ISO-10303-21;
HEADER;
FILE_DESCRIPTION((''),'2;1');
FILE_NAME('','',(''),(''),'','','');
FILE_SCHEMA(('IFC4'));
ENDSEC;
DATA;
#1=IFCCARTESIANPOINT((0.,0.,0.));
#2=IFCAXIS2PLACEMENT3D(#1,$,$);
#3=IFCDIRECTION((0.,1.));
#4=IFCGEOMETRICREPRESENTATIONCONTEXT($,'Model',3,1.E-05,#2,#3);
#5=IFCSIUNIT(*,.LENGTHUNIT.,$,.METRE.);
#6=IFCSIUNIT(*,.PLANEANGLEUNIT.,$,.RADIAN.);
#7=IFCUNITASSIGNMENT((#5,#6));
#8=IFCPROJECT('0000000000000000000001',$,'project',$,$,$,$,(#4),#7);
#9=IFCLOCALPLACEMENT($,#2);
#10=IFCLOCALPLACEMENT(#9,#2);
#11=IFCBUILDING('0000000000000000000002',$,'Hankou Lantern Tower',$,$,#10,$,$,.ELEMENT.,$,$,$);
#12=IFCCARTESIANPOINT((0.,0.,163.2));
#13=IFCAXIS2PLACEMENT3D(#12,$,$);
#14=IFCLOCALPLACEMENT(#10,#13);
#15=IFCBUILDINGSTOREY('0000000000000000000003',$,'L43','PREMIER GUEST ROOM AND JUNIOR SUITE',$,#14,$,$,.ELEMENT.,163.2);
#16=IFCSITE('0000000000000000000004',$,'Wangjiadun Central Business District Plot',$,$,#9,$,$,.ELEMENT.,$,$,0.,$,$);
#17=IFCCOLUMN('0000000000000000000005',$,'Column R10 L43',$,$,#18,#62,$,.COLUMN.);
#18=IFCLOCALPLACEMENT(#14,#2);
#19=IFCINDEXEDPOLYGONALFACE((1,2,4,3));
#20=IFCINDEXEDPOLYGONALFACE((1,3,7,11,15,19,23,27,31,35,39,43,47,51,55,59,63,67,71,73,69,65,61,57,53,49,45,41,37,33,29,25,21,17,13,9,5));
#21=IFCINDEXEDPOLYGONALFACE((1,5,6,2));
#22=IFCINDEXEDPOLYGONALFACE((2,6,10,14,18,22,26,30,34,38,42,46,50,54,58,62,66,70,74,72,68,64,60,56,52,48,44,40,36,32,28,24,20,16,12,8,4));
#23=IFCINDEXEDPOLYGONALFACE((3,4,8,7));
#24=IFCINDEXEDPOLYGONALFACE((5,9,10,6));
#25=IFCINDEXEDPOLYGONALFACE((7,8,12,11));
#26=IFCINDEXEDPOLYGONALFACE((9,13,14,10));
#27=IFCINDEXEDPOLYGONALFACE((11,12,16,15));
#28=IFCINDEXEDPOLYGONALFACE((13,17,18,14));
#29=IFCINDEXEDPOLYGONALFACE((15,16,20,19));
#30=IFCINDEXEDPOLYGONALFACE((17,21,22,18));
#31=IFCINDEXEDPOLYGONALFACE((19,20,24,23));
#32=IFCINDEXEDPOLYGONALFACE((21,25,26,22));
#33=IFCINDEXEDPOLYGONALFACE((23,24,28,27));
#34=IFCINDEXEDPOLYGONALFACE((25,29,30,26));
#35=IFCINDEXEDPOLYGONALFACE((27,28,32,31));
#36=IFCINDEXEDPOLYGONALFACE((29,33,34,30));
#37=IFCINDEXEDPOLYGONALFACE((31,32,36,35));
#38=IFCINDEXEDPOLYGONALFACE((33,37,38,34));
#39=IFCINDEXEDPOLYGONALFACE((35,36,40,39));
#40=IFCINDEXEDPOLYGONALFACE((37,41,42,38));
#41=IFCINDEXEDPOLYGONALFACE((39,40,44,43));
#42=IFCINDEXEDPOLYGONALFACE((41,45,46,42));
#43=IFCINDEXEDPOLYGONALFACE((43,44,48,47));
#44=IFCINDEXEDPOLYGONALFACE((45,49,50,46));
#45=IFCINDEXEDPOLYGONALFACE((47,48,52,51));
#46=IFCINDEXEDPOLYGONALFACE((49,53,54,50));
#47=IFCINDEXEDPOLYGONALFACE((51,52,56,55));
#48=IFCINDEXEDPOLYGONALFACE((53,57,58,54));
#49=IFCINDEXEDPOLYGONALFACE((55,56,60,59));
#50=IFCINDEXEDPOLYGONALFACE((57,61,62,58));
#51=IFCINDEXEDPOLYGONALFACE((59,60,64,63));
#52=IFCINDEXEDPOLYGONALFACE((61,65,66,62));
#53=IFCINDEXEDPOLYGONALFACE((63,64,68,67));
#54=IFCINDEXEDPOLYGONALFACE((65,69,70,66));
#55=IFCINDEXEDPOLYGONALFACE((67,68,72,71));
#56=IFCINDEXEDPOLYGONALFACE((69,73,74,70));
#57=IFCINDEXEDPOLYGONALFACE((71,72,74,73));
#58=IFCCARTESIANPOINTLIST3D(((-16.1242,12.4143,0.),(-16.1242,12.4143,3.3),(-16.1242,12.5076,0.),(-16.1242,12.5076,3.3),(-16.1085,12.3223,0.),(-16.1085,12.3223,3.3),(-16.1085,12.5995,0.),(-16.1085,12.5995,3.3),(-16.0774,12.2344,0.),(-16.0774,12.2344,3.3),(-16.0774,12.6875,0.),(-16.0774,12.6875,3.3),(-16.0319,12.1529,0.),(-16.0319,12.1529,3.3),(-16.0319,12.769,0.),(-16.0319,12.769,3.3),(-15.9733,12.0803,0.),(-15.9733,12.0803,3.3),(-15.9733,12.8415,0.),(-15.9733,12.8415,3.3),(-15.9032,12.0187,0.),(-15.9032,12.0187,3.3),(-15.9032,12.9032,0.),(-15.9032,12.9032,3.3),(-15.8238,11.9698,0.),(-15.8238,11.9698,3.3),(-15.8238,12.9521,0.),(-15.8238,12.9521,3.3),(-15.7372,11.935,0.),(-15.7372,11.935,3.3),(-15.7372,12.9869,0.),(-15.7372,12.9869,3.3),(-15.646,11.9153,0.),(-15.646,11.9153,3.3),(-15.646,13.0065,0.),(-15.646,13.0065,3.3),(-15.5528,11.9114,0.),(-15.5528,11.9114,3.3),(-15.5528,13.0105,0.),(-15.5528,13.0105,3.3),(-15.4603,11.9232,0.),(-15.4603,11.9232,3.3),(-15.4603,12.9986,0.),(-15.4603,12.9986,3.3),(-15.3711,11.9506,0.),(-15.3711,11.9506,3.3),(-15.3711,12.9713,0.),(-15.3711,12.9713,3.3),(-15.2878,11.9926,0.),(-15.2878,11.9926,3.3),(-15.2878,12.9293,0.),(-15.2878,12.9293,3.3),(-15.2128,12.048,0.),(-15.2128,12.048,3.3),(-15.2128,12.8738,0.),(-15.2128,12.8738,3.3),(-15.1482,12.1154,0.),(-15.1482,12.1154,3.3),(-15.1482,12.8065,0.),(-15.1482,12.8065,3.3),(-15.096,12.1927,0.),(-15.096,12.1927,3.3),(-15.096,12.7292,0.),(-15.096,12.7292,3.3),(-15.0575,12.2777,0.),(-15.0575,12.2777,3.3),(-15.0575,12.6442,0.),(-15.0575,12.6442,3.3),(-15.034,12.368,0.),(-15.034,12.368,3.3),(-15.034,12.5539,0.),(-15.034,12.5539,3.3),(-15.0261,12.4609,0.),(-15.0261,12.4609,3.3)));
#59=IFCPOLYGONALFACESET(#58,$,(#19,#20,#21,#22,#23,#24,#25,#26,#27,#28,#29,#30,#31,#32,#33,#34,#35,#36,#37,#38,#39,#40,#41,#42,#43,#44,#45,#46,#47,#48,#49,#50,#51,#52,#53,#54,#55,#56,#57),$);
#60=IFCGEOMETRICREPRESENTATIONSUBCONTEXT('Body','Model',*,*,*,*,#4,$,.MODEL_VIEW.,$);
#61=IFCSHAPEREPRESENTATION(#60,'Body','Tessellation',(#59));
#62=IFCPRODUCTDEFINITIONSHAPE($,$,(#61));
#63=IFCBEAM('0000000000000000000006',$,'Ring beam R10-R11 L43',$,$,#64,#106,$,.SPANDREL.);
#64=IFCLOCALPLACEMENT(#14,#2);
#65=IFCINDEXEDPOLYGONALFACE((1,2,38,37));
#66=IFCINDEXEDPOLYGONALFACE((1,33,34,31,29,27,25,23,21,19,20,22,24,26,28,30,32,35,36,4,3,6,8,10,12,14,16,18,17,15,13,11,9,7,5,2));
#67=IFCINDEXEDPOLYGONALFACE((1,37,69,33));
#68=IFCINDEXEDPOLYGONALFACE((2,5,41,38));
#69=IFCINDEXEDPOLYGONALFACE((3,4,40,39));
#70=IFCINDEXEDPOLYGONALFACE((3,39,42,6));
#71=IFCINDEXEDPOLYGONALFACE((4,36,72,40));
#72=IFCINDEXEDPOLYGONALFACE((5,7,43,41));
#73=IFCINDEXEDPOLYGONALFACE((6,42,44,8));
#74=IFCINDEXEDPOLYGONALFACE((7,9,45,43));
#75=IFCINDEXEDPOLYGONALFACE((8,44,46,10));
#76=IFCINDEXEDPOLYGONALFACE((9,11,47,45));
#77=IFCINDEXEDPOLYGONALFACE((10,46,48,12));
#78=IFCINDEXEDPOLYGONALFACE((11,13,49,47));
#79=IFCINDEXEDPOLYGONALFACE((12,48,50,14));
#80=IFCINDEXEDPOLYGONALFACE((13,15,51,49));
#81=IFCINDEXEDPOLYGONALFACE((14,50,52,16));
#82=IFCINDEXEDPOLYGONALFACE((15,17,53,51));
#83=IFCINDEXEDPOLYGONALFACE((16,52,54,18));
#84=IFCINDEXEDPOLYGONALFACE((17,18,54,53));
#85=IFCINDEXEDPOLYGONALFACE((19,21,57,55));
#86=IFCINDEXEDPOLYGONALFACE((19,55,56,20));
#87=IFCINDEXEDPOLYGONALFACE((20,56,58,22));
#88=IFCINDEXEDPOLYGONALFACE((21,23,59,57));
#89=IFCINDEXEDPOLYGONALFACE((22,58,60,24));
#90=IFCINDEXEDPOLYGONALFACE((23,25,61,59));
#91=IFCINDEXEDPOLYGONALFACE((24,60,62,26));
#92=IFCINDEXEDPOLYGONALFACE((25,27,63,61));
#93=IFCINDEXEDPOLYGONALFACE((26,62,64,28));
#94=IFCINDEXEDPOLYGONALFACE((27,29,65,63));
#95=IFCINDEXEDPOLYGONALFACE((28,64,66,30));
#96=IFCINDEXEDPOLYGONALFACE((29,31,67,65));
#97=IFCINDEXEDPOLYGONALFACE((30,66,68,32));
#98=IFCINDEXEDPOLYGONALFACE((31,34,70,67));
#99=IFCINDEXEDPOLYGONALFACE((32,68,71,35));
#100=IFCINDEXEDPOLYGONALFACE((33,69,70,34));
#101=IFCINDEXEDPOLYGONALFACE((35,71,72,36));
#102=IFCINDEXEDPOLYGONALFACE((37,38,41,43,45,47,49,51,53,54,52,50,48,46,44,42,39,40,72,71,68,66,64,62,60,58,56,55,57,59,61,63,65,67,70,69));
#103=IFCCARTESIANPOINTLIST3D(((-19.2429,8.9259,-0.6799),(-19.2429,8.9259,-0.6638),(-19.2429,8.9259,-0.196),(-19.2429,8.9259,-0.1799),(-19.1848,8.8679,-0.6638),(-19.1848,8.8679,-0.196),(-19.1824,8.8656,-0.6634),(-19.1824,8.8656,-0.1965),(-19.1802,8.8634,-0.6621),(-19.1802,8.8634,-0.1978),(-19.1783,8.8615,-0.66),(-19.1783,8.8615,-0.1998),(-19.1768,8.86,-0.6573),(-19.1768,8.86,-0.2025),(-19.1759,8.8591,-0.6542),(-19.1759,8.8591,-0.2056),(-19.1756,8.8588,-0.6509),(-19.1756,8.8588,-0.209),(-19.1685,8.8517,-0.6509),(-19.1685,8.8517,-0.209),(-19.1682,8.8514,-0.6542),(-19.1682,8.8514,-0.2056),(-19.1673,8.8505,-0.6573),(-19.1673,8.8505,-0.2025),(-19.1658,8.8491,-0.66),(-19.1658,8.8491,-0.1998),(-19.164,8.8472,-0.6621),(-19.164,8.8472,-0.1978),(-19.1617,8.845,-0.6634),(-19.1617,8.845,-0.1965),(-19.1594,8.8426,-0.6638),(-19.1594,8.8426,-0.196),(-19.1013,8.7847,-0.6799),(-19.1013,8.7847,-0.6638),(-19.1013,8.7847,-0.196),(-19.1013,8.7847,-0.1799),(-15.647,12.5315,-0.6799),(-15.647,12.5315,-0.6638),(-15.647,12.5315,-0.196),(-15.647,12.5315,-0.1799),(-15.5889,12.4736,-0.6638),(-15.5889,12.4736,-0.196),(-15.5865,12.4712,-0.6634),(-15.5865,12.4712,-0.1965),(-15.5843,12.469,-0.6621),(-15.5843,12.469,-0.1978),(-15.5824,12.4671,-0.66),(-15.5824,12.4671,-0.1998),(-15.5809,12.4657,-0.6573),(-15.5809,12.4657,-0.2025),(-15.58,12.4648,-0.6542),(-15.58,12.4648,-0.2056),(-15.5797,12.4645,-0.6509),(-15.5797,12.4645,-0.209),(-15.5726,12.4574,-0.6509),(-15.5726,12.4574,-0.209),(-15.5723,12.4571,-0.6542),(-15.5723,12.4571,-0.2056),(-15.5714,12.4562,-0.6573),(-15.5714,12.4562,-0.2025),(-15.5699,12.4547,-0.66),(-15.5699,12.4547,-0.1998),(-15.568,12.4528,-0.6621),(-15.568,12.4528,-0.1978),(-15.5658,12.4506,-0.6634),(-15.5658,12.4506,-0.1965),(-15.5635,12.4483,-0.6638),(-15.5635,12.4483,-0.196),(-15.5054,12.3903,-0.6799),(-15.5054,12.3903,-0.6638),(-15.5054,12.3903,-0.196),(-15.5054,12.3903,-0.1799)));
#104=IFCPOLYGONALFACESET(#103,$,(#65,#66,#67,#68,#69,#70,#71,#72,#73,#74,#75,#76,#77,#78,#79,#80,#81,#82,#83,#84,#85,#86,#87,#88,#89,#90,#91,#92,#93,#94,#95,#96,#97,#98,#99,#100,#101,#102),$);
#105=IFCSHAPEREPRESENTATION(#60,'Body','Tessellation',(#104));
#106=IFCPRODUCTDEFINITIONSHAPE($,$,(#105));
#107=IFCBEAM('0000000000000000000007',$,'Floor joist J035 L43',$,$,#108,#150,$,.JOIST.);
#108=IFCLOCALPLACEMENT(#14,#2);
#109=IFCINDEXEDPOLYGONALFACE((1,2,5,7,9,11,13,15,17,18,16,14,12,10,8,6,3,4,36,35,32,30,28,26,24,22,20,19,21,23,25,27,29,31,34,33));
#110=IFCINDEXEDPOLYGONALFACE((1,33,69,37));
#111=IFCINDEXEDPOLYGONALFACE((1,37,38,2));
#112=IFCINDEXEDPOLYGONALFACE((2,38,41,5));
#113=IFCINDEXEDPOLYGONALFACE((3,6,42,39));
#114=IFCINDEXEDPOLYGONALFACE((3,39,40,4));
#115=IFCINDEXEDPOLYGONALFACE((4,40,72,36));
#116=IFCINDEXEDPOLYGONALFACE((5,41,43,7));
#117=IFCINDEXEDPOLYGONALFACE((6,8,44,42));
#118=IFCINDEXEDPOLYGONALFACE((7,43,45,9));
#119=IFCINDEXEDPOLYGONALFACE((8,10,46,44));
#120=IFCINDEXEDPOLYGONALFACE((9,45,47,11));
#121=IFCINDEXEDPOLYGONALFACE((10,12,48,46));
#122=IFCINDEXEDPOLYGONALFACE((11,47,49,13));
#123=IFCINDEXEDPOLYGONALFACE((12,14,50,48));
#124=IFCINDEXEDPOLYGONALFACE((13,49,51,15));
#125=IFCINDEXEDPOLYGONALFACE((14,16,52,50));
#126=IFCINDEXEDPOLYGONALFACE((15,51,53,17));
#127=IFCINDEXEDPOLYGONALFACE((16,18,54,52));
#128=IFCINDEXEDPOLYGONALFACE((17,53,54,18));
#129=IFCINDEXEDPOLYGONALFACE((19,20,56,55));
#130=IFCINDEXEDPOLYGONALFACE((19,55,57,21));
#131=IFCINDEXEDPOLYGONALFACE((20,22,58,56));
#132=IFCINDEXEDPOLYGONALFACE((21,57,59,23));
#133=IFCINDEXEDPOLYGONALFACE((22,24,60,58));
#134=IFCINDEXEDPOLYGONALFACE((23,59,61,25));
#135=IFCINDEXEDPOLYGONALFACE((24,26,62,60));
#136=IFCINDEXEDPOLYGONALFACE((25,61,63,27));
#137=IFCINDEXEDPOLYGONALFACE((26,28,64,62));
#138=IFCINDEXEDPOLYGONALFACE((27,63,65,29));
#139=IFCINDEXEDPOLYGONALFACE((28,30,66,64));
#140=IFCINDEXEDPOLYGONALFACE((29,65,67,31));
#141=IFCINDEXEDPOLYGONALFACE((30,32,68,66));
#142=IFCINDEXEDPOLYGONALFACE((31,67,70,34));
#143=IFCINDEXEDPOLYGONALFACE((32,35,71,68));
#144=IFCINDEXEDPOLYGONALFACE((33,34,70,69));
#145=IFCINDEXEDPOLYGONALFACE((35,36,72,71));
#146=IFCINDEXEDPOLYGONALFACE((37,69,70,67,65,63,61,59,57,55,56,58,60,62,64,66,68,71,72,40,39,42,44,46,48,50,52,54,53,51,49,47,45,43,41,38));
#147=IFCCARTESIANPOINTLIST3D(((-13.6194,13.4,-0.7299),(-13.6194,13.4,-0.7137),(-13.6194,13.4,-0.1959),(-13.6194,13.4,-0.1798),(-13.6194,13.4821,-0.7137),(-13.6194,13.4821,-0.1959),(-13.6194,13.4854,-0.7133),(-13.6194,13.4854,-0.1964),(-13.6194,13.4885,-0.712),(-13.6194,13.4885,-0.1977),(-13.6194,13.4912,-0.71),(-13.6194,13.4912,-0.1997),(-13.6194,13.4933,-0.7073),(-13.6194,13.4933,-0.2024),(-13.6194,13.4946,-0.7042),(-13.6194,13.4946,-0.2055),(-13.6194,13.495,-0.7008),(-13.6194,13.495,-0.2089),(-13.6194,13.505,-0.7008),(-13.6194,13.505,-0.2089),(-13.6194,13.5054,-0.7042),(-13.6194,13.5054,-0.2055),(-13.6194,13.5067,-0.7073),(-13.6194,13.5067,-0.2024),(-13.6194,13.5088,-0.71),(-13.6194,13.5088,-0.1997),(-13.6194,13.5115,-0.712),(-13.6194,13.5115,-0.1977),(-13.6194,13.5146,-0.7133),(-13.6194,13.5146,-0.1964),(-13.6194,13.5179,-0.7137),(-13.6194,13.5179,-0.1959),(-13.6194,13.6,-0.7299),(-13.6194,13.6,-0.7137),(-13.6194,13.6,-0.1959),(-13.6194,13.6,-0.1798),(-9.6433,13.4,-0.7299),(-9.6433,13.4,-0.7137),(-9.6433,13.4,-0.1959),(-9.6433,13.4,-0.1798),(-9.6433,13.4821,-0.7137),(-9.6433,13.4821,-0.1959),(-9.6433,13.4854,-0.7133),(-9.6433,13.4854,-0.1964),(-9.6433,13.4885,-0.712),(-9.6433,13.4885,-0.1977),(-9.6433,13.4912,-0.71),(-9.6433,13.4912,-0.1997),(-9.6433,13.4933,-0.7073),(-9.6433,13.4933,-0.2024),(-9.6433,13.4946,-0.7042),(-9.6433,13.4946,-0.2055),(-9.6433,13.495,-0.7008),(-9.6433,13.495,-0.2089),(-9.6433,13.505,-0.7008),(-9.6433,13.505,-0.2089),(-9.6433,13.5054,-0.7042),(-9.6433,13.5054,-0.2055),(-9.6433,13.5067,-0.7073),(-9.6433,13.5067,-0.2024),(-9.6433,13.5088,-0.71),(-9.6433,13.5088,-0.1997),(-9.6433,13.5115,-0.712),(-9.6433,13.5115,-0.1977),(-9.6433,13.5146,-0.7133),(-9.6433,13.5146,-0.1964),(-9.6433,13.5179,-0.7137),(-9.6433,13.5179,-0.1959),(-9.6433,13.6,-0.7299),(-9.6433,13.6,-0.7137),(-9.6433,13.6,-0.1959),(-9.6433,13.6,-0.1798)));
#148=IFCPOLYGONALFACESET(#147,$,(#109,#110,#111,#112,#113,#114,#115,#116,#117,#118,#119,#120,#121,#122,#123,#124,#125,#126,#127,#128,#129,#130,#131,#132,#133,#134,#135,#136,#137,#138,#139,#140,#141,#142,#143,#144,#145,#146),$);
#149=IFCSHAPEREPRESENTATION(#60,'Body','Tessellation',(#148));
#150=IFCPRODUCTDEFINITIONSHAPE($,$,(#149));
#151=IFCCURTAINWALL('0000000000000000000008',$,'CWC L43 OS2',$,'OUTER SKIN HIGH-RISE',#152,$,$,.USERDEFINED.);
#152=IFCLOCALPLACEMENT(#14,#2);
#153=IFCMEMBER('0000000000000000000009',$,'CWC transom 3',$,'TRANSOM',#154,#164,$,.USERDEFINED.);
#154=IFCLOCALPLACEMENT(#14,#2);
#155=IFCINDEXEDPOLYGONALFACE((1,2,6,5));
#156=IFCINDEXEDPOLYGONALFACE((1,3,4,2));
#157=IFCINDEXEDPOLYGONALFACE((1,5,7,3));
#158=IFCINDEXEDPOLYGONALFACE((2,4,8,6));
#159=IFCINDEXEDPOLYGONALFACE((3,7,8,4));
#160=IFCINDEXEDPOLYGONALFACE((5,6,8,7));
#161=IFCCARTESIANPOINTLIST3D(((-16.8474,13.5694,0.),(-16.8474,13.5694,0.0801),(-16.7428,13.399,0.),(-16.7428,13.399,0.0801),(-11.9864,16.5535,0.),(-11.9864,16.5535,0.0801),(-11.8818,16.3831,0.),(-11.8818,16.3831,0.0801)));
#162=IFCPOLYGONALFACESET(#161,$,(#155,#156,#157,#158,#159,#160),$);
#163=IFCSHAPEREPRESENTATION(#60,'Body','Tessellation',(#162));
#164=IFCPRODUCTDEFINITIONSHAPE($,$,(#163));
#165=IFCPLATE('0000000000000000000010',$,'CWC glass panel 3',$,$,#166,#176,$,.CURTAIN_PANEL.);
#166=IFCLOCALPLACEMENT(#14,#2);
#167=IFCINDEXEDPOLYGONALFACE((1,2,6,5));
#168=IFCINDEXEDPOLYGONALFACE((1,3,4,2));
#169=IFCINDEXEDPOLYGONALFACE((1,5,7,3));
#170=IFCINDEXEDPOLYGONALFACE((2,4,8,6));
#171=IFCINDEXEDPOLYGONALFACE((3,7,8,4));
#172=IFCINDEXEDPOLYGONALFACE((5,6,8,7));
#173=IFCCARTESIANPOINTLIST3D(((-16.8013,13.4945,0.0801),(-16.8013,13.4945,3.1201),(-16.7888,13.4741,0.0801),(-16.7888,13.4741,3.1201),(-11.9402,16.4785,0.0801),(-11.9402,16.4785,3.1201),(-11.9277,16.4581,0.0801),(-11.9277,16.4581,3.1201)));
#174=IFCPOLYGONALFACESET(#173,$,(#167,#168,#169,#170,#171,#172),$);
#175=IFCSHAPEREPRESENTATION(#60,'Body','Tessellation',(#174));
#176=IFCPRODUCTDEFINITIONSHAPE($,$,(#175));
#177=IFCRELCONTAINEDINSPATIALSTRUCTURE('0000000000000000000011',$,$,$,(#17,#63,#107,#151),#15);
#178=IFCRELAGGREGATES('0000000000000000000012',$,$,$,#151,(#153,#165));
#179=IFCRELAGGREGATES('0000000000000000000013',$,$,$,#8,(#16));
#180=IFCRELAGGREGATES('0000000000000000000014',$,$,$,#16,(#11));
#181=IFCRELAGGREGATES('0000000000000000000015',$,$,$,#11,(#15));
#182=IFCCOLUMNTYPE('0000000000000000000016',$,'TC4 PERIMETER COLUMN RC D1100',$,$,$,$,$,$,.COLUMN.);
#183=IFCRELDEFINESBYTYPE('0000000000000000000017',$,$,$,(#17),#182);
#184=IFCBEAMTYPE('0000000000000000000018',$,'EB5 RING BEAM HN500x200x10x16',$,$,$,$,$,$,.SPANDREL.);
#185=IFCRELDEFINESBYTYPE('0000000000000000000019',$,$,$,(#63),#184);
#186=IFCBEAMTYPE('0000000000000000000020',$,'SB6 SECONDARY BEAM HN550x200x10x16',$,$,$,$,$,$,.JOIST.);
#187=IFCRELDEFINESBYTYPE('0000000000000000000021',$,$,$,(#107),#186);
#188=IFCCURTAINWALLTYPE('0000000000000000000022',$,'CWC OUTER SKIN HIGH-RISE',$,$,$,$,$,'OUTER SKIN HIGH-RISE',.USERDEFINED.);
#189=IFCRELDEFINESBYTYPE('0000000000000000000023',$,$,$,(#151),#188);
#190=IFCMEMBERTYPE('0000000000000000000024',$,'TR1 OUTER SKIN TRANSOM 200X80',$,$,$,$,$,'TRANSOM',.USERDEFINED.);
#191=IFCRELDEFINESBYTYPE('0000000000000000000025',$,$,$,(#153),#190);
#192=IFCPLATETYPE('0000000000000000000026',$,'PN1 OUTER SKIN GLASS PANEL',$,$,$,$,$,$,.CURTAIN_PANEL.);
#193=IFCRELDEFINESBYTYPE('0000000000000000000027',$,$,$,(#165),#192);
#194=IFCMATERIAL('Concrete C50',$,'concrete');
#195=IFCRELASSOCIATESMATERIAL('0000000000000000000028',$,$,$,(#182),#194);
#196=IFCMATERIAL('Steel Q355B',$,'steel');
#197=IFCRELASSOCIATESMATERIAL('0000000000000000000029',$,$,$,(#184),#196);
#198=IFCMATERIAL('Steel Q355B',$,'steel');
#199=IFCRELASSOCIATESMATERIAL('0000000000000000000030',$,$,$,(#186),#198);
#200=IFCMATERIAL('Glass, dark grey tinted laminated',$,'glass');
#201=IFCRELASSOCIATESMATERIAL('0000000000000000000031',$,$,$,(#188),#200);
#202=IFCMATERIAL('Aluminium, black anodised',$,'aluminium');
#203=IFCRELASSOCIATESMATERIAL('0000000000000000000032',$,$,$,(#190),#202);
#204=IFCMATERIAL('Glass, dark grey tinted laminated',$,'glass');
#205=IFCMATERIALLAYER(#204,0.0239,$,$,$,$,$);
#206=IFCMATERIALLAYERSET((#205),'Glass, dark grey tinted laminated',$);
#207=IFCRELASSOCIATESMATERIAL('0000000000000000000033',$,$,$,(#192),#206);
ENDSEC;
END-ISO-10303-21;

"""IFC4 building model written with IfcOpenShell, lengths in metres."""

from ifc_helpers import new_model, si_unit, direction, frame, origin, origin_2d, place, context, subcontext, project, spatial, rectangle, circle, i_section, extrude, material, layer, layer_set, material_profile, profile_set, type_object, element, aggregate, save


model = new_model("IFC4")

# Units and contexts
model_context = context("Model", 3, precision=1e-05, world=origin(), true_north=direction((0.0, 1.0)))
body_context = subcontext(model_context, "Body", "Model", "MODEL_VIEW")
ifc_project = project(units=[si_unit("LENGTHUNIT", "METRE"), si_unit("PLANEANGLEUNIT", "RADIAN")], contexts=[model_context])

# Site, building, storey
site_placement = place(None, origin())
site = spatial("IfcSite", under=ifc_project, at=site_placement, Name="Wangjiadun Central Business District Plot", CompositionType="ELEMENT", RefElevation=0.0)
building_placement = place(site_placement, origin())
building = spatial("IfcBuilding", under=site, at=building_placement, Name="Hankou Lantern Tower", CompositionType="ELEMENT")
storey_placement = place(building_placement, frame((0.0, 0.0, 163.2)))
storey = spatial("IfcBuildingStorey", under=building, at=storey_placement, Name="L43", Description="PREMIER GUEST ROOM AND JUNIOR SUITE", CompositionType="ELEMENT", Elevation=163.2)

# Column
ifc_material_1 = material(Name="Concrete C50", Category="concrete")
ifc_material_profile_1 = material_profile(ifc_material_1, circle(Radius=0.55, at=origin_2d()), Name="RC D1100")
ifc_profile_set_1 = profile_set([ifc_material_profile_1], Name="Concrete C50")
column_type = type_object("IfcColumnType", Name="TC4 PERIMETER COLUMN RC D1100", PredefinedType="COLUMN", material=ifc_profile_set_1)
column_placement = place(storey_placement, frame((-15.5762, 12.4609, 0.0), z_axis=(0.0, 0.0, 1.0), x_axis=(1.0, 0.0, 0.0)))
element("IfcColumn", 1, at=column_placement, inside=storey, type_object=column_type, Name="Column R10 L43", PredefinedType="COLUMN", context=body_context, shape_type="SweptSolid", body=[
    extrude(circle(Radius=0.55, at=origin_2d()), origin(), (0.0, 0.0, 1.0), 3.3),
])

# Beams
ifc_material_2 = material(Name="Steel Q355B", Category="steel")
ifc_material_profile_2 = material_profile(ifc_material_2, i_section(OverallWidth=0.2, OverallDepth=0.5, WebThickness=0.01, FlangeThickness=0.0161, FilletRadius=0.0129, at=origin_2d()), Name="HN500x200x10x16")
ifc_profile_set_2 = profile_set([ifc_material_profile_2], Name="Steel Q355B")
beam_type_1 = type_object("IfcBeamType", Name="EB5 RING BEAM HN500x200x10x16", PredefinedType="SPANDREL", material=ifc_profile_set_2)
beam_1_placement = place(storey_placement, frame((-15.5762, 12.4609, -0.4299), z_axis=(-0.706147, -0.708065, 0.0), x_axis=(0.708065, -0.706147, 0.0)))
element("IfcBeam", 2, at=beam_1_placement, inside=storey, type_object=beam_type_1, Name="Ring beam R10-R11 L43", PredefinedType="SPANDREL", context=body_context, shape_type="SweptSolid", body=[
    extrude(i_section(OverallWidth=0.2, OverallDepth=0.5, WebThickness=0.01, FlangeThickness=0.0161, FilletRadius=0.0129, at=origin_2d()), origin(), (0.0, 0.0, 1.0), 5.0923),
])
ifc_material_3 = material(Name="Steel Q355B", Category="steel")
ifc_material_profile_3 = material_profile(ifc_material_3, i_section(OverallWidth=0.2, OverallDepth=0.55, WebThickness=0.01, FlangeThickness=0.0161, FilletRadius=0.0129, at=origin_2d()), Name="HN550x200x10x16")
ifc_profile_set_3 = profile_set([ifc_material_profile_3], Name="Steel Q355B")
beam_type_2 = type_object("IfcBeamType", Name="SB6 SECONDARY BEAM HN550x200x10x16", PredefinedType="JOIST", material=ifc_profile_set_3)
beam_2_placement = place(storey_placement, frame((-13.6194, 13.5, -0.4548), z_axis=(1.0, 0.0, 0.0), x_axis=(0.0, 1.0, 0.0)))
element("IfcBeam", 3, at=beam_2_placement, inside=storey, type_object=beam_type_2, Name="Floor joist J035 L43", PredefinedType="JOIST", context=body_context, shape_type="SweptSolid", body=[
    extrude(i_section(OverallWidth=0.2, OverallDepth=0.55, WebThickness=0.01, FlangeThickness=0.0161, FilletRadius=0.0129, at=origin_2d()), origin(), (0.0, 0.0, 1.0), 3.9761),
])

# Curtain wall, member, plate
ifc_material_4 = material(Name="Glass, dark grey tinted laminated", Category="glass")
curtain_wall_type = type_object("IfcCurtainWallType", Name="CWC OUTER SKIN HIGH-RISE", ElementType="OUTER SKIN HIGH-RISE", PredefinedType="USERDEFINED", material=ifc_material_4)
curtain_wall_placement = place(storey_placement, origin())
curtain_wall = element("IfcCurtainWall", 4, at=curtain_wall_placement, inside=storey, type_object=curtain_wall_type, Name="CWC L43 OS2", ObjectType="OUTER SKIN HIGH-RISE", PredefinedType="USERDEFINED")
ifc_material_5 = material(Name="Aluminium, black anodised", Category="aluminium")
ifc_material_profile_4 = material_profile(ifc_material_5, rectangle(XDim=0.2, YDim=0.0801, at=origin_2d()), Name="TR1 200X80")
ifc_profile_set_4 = profile_set([ifc_material_profile_4], Name="Aluminium, black anodised")
member_type = type_object("IfcMemberType", Name="TR1 OUTER SKIN TRANSOM 200X80", ElementType="TRANSOM", PredefinedType="USERDEFINED", material=ifc_profile_set_4)
member_placement = place(storey_placement, frame((-11.9341, 16.4683, 0.04), z_axis=(-0.852229, -0.523168, 0.0), x_axis=(0.523168, -0.852229, 0.0)))
member = element("IfcMember", 5, at=member_placement, type_object=member_type, Name="CWC transom 3", ObjectType="TRANSOM", PredefinedType="USERDEFINED", context=body_context, shape_type="SweptSolid", body=[
    extrude(rectangle(XDim=0.2, YDim=0.0801, at=origin_2d()), origin(), (0.0, 0.0, 1.0), 5.7039),
])
ifc_material_6 = material(Name="Glass, dark grey tinted laminated", Category="glass")
ifc_layer_1 = layer(ifc_material_6, 0.0239)
ifc_layer_set_1 = layer_set([ifc_layer_1], Name="Glass, dark grey tinted laminated")
plate_type = type_object("IfcPlateType", Name="PN1 OUTER SKIN GLASS PANEL", PredefinedType="CURTAIN_PANEL", material=ifc_layer_set_1)
plate_placement = place(storey_placement, frame((-14.3645, 14.9763, 0.0801), z_axis=(0.0, 0.0, 1.0), x_axis=(-0.852237, -0.523156, 0.0)))
plate = element("IfcPlate", 6, at=plate_placement, type_object=plate_type, Name="CWC glass panel 3", PredefinedType="CURTAIN_PANEL", context=body_context, shape_type="SweptSolid", body=[
    extrude(rectangle(XDim=5.7039, YDim=0.0239, at=origin_2d()), origin(), (0.0, 0.0, 1.0), 3.04),
])
aggregate(curtain_wall, [member, plate])

save(model, "model.ifc")
